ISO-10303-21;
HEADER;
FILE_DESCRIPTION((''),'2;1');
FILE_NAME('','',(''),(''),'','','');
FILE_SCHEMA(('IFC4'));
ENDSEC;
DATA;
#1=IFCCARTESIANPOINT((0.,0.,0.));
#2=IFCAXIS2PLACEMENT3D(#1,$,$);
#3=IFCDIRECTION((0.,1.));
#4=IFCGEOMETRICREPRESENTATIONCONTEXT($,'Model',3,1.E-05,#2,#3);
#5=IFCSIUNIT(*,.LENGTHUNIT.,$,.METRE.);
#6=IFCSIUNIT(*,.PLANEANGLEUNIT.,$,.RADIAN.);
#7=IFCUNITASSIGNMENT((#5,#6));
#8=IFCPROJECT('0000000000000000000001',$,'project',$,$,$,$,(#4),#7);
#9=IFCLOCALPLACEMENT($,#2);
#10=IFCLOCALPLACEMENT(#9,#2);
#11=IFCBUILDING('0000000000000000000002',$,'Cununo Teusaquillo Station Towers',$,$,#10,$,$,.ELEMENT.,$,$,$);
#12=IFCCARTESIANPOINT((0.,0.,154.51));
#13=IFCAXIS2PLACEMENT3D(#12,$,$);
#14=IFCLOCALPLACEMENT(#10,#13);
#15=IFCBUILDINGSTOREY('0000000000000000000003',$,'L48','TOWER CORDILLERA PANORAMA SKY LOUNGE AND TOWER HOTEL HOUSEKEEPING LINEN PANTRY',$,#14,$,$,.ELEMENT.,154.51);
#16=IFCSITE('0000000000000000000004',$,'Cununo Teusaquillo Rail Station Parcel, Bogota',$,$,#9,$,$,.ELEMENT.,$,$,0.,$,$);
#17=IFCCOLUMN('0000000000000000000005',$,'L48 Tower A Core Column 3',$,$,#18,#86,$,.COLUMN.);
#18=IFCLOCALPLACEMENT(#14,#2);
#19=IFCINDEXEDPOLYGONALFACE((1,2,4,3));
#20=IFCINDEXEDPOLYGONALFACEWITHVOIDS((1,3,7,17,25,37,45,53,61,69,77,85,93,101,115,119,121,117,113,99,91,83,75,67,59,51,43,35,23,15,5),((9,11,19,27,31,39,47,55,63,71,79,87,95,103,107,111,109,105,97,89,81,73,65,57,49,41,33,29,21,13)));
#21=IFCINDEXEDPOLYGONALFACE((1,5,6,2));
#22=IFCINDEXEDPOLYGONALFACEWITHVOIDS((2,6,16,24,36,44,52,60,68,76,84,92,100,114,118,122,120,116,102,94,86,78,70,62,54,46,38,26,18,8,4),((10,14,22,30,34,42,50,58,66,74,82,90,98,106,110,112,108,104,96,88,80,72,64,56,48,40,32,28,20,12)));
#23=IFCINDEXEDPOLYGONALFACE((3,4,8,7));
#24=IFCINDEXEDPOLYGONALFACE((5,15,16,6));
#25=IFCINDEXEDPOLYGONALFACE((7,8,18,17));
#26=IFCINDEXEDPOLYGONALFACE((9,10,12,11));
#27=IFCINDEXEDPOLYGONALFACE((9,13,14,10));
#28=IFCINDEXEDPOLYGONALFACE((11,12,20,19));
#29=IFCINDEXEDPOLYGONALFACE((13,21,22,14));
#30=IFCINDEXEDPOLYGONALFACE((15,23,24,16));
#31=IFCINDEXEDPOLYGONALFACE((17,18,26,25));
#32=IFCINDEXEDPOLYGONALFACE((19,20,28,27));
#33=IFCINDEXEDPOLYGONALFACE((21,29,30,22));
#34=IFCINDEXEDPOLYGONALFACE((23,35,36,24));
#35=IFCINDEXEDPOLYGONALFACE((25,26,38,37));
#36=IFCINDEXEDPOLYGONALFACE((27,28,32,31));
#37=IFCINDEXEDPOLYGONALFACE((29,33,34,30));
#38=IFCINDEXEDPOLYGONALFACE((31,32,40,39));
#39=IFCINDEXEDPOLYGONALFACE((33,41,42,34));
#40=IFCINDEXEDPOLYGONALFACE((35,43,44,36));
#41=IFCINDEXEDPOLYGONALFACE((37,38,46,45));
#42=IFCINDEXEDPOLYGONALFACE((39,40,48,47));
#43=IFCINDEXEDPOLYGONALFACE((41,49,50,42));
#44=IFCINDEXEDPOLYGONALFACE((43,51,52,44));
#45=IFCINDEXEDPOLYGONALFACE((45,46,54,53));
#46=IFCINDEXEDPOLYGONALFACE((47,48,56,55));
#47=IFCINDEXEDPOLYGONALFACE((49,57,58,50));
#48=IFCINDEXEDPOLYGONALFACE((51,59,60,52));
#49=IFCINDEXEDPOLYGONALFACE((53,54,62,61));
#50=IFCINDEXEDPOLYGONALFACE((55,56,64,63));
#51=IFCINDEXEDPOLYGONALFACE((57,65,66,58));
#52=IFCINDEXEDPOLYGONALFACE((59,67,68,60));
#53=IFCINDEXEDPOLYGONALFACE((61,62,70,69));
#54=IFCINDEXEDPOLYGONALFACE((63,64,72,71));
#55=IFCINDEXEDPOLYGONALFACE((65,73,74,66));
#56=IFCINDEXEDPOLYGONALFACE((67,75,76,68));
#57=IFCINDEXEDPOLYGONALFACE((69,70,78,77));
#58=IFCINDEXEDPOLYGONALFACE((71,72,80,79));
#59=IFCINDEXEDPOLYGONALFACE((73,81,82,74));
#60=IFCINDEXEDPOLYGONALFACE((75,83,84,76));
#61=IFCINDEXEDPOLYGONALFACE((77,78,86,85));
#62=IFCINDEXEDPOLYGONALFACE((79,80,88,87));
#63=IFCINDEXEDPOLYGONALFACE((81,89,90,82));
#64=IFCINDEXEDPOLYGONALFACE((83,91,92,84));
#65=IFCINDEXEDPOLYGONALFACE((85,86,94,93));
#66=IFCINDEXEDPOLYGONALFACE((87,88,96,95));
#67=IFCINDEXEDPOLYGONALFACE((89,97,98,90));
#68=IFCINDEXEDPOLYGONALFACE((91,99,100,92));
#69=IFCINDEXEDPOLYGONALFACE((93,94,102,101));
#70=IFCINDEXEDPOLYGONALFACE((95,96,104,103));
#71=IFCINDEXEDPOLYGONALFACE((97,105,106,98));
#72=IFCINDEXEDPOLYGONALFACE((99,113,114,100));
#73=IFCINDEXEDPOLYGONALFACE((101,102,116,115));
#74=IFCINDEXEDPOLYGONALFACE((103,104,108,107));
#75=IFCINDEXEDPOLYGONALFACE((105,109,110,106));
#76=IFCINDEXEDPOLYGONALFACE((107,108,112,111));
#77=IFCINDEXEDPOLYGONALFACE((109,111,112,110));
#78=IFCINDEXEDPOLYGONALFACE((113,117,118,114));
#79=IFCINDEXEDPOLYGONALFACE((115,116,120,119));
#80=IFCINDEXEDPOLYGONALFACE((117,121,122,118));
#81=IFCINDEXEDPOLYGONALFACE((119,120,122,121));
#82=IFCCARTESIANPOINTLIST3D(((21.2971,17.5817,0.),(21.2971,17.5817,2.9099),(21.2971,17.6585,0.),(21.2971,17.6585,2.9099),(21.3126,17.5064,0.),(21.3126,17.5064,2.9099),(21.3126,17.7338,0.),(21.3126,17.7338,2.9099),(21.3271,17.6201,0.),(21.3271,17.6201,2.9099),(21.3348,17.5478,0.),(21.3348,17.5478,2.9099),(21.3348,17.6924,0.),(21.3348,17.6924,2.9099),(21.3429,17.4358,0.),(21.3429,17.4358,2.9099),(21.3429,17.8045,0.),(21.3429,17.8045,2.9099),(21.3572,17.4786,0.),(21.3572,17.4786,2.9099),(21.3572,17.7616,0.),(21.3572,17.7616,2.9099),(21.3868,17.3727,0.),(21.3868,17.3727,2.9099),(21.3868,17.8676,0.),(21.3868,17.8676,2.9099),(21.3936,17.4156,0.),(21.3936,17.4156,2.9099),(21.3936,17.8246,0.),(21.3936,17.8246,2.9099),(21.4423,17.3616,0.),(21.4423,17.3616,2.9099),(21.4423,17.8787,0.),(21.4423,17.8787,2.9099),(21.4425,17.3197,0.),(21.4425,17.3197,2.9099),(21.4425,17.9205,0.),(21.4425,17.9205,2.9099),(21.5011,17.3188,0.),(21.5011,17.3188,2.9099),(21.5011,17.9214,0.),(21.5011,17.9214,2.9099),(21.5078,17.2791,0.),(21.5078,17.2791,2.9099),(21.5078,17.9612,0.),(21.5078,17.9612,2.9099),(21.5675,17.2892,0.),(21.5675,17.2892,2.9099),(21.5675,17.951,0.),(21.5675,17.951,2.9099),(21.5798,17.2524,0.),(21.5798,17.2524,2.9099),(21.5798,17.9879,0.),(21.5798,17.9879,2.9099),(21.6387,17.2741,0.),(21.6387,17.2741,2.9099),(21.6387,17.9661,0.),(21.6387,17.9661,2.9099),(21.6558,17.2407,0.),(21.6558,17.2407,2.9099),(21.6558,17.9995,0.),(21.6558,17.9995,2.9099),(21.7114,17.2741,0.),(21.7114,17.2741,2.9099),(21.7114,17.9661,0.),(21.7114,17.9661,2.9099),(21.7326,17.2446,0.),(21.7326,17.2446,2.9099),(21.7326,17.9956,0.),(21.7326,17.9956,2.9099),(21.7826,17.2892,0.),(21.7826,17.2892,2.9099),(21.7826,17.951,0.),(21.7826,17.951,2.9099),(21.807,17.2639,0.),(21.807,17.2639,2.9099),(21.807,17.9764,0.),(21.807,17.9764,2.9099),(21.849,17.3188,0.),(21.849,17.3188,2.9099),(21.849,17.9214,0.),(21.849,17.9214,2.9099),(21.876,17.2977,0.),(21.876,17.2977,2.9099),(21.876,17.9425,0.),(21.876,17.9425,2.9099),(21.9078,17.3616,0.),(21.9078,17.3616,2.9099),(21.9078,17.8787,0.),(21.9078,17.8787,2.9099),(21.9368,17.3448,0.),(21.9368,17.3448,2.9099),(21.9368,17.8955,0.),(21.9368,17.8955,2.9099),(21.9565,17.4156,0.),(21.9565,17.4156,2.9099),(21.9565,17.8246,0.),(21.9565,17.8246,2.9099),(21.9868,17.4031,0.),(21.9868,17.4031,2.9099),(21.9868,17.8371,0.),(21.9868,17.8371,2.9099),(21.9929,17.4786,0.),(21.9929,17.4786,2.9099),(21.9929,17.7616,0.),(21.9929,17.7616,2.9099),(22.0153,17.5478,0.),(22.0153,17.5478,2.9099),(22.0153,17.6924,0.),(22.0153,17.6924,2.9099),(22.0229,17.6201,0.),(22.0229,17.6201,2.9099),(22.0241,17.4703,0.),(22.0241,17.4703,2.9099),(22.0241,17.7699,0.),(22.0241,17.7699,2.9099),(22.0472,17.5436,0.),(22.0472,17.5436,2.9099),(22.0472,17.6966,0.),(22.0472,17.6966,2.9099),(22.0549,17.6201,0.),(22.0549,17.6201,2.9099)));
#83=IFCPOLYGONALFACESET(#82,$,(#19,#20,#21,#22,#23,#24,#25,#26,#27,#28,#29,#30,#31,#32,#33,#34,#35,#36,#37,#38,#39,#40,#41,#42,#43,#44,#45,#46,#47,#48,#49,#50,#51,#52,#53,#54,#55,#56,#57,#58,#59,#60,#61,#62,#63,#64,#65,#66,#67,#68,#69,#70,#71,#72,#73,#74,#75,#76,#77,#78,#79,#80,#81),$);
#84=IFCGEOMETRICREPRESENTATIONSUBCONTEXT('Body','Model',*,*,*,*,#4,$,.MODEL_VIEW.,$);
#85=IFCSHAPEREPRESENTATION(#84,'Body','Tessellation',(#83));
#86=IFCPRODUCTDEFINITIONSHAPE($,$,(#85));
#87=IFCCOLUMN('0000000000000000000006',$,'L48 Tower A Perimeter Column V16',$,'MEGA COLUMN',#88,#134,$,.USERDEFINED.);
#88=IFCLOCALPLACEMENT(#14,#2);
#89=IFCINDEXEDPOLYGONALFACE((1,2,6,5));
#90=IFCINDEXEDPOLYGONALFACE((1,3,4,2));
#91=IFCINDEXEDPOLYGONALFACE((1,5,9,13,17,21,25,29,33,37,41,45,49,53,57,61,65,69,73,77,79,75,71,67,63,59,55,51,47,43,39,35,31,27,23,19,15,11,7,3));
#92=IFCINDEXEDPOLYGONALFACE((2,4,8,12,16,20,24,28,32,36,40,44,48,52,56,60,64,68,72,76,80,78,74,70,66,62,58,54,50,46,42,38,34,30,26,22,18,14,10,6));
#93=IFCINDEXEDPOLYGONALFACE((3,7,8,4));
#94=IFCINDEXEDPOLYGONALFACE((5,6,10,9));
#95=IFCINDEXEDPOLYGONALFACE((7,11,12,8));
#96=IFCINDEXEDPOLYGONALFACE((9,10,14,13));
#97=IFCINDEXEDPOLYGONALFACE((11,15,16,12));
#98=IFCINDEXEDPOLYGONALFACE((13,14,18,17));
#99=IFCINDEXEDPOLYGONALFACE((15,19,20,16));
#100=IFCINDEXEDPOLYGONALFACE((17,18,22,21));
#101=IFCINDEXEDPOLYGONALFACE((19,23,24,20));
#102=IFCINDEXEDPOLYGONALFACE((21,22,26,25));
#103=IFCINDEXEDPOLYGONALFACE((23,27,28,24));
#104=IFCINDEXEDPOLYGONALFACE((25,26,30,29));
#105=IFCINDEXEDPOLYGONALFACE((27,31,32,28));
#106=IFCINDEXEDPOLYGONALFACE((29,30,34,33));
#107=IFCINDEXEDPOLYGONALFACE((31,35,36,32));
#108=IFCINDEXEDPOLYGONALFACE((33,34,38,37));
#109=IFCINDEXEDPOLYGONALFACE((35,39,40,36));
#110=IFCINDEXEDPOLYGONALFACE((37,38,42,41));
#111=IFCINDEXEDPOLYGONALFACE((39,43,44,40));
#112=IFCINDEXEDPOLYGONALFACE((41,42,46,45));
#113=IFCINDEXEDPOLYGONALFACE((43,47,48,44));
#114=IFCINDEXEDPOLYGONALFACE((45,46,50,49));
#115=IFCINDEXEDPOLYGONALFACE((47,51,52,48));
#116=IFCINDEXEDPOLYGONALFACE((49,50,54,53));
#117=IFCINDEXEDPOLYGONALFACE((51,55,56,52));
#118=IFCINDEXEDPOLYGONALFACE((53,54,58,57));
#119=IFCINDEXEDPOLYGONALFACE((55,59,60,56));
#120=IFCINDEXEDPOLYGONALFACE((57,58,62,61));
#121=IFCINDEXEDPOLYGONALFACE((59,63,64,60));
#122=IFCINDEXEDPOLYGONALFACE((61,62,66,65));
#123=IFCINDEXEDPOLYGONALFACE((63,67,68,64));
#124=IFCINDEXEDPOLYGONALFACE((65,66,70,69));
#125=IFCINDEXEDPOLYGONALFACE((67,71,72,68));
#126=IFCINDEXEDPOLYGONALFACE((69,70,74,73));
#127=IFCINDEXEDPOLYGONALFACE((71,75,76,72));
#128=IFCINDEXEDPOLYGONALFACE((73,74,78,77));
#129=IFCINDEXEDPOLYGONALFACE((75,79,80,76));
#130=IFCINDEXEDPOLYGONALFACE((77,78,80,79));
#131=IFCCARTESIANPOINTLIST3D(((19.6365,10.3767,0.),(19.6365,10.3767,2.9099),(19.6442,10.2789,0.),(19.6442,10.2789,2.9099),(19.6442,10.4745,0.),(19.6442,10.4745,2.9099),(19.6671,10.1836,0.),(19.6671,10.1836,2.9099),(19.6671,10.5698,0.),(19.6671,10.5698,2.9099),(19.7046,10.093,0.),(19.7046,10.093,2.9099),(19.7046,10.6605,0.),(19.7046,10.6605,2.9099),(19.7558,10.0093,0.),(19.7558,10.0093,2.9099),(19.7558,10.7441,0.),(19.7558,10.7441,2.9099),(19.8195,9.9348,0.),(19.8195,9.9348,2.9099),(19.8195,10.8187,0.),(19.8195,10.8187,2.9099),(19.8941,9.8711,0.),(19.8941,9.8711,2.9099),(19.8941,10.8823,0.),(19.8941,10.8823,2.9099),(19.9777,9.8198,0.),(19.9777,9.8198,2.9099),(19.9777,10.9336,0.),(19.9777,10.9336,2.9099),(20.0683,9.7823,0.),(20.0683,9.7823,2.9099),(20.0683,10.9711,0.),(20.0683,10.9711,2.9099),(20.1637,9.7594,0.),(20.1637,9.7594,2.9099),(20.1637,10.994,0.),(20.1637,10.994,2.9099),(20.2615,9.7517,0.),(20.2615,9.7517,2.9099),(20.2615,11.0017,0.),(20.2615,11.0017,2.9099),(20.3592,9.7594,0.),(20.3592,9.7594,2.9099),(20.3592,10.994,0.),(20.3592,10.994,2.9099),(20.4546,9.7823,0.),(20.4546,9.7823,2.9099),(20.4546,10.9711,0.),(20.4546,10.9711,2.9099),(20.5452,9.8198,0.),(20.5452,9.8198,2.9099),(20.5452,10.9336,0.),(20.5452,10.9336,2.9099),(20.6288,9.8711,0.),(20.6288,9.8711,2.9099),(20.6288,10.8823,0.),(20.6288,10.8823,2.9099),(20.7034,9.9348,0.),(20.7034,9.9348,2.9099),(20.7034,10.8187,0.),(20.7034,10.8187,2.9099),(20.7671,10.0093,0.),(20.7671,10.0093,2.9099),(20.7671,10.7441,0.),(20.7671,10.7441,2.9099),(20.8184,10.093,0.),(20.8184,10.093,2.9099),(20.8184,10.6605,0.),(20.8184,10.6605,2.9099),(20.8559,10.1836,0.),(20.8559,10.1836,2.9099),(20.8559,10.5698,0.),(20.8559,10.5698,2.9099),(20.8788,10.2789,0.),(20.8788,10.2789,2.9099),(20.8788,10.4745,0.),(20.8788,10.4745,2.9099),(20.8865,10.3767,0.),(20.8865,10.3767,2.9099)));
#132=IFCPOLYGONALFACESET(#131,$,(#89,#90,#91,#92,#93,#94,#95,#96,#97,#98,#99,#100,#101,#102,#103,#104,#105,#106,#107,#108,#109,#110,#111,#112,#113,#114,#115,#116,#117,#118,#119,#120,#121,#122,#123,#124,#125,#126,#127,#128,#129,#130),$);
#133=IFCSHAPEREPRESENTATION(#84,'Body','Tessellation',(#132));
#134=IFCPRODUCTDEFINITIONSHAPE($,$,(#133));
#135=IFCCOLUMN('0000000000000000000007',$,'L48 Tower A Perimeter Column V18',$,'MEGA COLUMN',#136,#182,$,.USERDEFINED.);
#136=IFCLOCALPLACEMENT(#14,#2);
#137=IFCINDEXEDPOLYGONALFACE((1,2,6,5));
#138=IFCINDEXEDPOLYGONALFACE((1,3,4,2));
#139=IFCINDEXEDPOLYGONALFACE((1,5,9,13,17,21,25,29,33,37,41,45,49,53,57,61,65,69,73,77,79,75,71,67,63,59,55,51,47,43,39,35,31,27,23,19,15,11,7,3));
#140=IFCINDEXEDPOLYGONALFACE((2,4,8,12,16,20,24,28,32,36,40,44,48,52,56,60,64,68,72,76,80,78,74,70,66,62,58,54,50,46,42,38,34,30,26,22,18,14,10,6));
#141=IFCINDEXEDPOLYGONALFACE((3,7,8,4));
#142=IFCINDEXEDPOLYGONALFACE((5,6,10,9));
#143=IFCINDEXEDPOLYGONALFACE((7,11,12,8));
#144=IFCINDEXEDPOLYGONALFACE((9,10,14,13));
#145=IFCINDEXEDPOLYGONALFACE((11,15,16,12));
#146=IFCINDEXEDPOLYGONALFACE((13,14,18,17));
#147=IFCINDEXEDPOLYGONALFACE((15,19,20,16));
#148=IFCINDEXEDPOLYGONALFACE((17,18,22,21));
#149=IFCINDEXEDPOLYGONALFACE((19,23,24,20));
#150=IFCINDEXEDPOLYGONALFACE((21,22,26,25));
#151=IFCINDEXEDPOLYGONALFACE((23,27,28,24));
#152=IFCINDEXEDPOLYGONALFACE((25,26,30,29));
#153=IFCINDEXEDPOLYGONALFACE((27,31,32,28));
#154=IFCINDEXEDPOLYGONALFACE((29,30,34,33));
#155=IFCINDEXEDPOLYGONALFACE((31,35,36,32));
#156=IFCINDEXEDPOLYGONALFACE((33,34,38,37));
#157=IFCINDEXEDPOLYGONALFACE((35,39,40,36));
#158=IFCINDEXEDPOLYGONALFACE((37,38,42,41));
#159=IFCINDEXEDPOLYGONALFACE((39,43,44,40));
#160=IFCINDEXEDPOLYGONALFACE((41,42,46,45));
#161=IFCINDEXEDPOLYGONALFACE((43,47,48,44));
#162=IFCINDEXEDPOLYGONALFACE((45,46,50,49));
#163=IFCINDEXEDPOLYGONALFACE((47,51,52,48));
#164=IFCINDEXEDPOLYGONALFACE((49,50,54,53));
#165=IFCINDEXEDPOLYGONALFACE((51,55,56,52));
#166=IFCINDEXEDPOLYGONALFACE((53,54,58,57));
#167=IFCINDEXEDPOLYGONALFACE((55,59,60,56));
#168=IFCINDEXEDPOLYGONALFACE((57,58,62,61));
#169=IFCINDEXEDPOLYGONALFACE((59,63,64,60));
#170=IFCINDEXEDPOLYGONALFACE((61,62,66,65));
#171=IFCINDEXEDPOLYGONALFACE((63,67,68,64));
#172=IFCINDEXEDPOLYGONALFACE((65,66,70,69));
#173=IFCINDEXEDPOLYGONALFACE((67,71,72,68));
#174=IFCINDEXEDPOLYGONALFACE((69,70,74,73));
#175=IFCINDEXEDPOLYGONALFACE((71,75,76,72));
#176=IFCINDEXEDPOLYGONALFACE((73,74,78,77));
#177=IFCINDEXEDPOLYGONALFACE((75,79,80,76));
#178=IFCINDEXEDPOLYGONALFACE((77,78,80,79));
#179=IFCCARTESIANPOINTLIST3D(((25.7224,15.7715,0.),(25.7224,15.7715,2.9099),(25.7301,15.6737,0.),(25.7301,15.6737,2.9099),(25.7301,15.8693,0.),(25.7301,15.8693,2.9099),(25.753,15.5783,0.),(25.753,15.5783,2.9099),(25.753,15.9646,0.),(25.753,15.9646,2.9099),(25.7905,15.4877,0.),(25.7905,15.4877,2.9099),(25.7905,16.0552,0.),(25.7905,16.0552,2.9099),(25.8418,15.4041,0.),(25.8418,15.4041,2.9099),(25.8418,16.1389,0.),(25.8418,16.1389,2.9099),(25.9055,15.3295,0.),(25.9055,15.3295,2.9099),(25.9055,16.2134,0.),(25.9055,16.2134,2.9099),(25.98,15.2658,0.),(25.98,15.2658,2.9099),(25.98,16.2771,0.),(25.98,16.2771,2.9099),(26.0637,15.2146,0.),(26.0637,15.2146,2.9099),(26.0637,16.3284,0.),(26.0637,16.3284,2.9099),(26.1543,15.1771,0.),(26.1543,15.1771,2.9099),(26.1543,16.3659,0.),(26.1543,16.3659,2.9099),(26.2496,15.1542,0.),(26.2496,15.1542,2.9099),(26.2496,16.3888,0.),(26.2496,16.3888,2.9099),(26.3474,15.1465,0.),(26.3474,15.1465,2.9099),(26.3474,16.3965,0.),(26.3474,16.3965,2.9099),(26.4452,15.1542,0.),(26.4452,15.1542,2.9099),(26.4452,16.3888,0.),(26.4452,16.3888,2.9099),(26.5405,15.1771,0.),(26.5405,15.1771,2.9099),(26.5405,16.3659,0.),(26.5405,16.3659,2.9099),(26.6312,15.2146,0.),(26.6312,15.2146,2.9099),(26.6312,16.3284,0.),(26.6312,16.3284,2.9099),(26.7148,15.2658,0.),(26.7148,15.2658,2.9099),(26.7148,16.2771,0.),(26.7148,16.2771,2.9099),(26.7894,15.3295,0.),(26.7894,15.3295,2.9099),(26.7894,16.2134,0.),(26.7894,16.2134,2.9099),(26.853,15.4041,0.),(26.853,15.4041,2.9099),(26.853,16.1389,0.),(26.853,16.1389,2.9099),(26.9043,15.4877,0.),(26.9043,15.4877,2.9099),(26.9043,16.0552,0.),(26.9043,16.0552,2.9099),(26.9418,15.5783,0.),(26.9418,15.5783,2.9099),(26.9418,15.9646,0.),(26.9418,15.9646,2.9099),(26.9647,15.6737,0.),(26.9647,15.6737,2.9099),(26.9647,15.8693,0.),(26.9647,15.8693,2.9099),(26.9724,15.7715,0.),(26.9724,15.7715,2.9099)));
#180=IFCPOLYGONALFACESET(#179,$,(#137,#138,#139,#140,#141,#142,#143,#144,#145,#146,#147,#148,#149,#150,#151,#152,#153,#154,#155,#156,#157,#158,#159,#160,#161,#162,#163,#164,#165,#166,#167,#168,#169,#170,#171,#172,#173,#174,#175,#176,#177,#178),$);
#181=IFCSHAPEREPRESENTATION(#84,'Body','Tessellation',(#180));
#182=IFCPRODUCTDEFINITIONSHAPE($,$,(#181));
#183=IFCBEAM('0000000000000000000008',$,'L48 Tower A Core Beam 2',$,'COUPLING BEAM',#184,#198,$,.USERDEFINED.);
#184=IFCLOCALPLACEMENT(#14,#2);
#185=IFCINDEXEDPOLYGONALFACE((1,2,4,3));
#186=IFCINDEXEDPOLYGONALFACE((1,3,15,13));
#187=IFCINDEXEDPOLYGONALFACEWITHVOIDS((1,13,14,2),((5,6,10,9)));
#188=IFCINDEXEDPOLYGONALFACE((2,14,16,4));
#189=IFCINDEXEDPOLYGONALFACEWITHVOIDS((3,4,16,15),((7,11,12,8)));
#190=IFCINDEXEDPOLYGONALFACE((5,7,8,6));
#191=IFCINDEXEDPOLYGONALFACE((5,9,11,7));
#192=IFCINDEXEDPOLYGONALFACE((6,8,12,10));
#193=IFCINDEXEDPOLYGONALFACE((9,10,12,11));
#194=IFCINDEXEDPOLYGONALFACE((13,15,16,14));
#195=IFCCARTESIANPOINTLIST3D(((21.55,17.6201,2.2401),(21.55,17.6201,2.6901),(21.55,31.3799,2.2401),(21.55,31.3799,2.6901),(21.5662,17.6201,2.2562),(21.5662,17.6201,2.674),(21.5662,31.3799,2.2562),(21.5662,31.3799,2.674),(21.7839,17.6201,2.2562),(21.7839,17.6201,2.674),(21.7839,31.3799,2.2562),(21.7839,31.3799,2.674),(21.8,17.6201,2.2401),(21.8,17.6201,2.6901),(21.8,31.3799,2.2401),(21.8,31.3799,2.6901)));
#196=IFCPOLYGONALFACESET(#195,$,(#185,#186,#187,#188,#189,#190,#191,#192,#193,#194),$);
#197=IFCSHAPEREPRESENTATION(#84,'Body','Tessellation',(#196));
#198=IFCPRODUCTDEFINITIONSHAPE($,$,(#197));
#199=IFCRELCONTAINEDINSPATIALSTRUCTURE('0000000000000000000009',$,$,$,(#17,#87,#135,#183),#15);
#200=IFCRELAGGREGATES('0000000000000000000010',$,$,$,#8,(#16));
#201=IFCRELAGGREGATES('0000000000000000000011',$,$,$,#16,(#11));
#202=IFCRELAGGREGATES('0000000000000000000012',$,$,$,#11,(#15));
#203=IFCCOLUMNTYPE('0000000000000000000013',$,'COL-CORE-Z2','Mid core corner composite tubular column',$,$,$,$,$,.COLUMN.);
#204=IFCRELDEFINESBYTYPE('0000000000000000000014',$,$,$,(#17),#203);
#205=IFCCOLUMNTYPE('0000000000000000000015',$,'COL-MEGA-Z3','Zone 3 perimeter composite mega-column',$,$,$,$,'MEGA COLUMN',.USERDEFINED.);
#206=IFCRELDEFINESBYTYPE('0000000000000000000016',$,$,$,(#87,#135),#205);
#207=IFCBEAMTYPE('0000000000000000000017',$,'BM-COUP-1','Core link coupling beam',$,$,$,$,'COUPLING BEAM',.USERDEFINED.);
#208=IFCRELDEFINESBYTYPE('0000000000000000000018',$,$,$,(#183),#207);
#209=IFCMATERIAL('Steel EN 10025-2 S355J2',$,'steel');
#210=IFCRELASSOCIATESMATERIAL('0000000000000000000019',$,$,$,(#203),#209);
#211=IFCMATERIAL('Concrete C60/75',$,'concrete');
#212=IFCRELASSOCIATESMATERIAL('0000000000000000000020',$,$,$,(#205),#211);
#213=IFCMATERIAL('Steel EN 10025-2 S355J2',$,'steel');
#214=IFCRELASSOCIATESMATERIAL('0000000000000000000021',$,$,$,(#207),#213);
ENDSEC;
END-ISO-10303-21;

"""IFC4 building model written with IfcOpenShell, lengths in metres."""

from ifc_helpers import new_model, si_unit, direction, frame, origin, origin_2d, place, context, subcontext, project, spatial, hollow_rectangle, circle, hollow_circle, extrude, material, material_profile, profile_set, type_object, element, save


model = new_model("IFC4")

# Units and contexts
model_context = context("Model", 3, precision=1e-05, world=origin(), true_north=direction((0.0, 1.0)))
body_context = subcontext(model_context, "Body", "Model", "MODEL_VIEW")
ifc_project = project(units=[si_unit("LENGTHUNIT", "METRE"), si_unit("PLANEANGLEUNIT", "RADIAN")], contexts=[model_context])

# Site, building, storey
site_placement = place(None, origin())
site = spatial("IfcSite", under=ifc_project, at=site_placement, Name="Cununo Teusaquillo Rail Station Parcel, Bogota", CompositionType="ELEMENT", RefElevation=0.0)
building_placement = place(site_placement, origin())
building = spatial("IfcBuilding", under=site, at=building_placement, Name="Cununo Teusaquillo Station Towers", CompositionType="ELEMENT")
storey_placement = place(building_placement, frame((0.0, 0.0, 154.51)))
storey = spatial("IfcBuildingStorey", under=building, at=storey_placement, Name="L48", Description="TOWER CORDILLERA PANORAMA SKY LOUNGE AND TOWER HOTEL HOUSEKEEPING LINEN PANTRY", CompositionType="ELEMENT", Elevation=154.51)

# Columns
ifc_material_1 = material(Name="Steel EN 10025-2 S355J2", Category="steel")
ifc_material_profile_1 = material_profile(ifc_material_1, hollow_circle(Radius=0.3799, WallThickness=0.032, at=origin_2d()), Name="CHS 760x32")
ifc_profile_set_1 = profile_set([ifc_material_profile_1], Name="Steel EN 10025-2 S355J2")
column_type_1 = type_object("IfcColumnType", Name="COL-CORE-Z2", Description="Mid core corner composite tubular column", PredefinedType="COLUMN", material=ifc_profile_set_1)
column_placement = place(storey_placement, frame((21.675, 17.6201, 0.0), z_axis=(0.0, 0.0, 1.0), x_axis=(1.0, 0.0, 0.0)))
element("IfcColumn", 1, at=column_placement, inside=storey, type_object=column_type_1, Name="L48 Tower A Core Column 3", PredefinedType="COLUMN", context=body_context, shape_type="SweptSolid", body=[
    extrude(hollow_circle(Radius=0.3799, WallThickness=0.032, at=origin_2d()), origin(), (0.0, 0.0, 1.0), 2.9099),
])
ifc_material_2 = material(Name="Concrete C60/75", Category="concrete")
ifc_material_profile_2 = material_profile(ifc_material_2, circle(Radius=0.625, at=origin_2d()), Name="RC-CIRC-1250")
ifc_profile_set_2 = profile_set([ifc_material_profile_2], Name="Concrete C60/75")
column_type_2 = type_object("IfcColumnType", Name="COL-MEGA-Z3", Description="Zone 3 perimeter composite mega-column", ElementType="MEGA COLUMN", PredefinedType="USERDEFINED", material=ifc_profile_set_2)
for number, where, z_axis, x_axis, name in (
    (2, (20.2615, 10.3767, 0.0), (0.0, 0.0, 1.0), (1.0, 0.0, 0.0), "L48 Tower A Perimeter Column V16"),
    (3, (26.3474, 15.7715, 0.0), (0.0, 0.0, 1.0), (1.0, 0.0, 0.0), "L48 Tower A Perimeter Column V18"),
):
    element("IfcColumn", number, at=place(storey_placement, frame(where, z_axis=z_axis, x_axis=x_axis)), inside=storey, type_object=column_type_2, Name=name, ObjectType="MEGA COLUMN", PredefinedType="USERDEFINED", context=body_context, shape_type="SweptSolid", body=[
        extrude(circle(Radius=0.625, at=origin_2d()), origin(), (0.0, 0.0, 1.0), 2.9099),
    ])

# Beam
ifc_material_3 = material(Name="Steel EN 10025-2 S355J2", Category="steel")
ifc_material_profile_3 = material_profile(ifc_material_3, hollow_rectangle(XDim=0.25, YDim=0.45, WallThickness=0.0161, at=origin_2d()), Name="RHS 450x250x16")
ifc_profile_set_3 = profile_set([ifc_material_profile_3], Name="Steel EN 10025-2 S355J2")
beam_type_1 = type_object("IfcBeamType", Name="BM-COUP-1", Description="Core link coupling beam", ElementType="COUPLING BEAM", PredefinedType="USERDEFINED", material=ifc_profile_set_3)
beam_1_placement = place(storey_placement, frame((21.675, 17.6201, 2.4651), z_axis=(0.0, 1.0, 0.0), x_axis=(-1.0, 0.0, 0.0)))
element("IfcBeam", 4, at=beam_1_placement, inside=storey, type_object=beam_type_1, Name="L48 Tower A Core Beam 2", ObjectType="COUPLING BEAM", PredefinedType="USERDEFINED", context=body_context, shape_type="SweptSolid", body=[
    extrude(hollow_rectangle(XDim=0.25, YDim=0.45, WallThickness=0.0161, at=origin_2d()), origin(), (0.0, 0.0, 1.0), 13.7598),
])

save(model, "model.ifc")
